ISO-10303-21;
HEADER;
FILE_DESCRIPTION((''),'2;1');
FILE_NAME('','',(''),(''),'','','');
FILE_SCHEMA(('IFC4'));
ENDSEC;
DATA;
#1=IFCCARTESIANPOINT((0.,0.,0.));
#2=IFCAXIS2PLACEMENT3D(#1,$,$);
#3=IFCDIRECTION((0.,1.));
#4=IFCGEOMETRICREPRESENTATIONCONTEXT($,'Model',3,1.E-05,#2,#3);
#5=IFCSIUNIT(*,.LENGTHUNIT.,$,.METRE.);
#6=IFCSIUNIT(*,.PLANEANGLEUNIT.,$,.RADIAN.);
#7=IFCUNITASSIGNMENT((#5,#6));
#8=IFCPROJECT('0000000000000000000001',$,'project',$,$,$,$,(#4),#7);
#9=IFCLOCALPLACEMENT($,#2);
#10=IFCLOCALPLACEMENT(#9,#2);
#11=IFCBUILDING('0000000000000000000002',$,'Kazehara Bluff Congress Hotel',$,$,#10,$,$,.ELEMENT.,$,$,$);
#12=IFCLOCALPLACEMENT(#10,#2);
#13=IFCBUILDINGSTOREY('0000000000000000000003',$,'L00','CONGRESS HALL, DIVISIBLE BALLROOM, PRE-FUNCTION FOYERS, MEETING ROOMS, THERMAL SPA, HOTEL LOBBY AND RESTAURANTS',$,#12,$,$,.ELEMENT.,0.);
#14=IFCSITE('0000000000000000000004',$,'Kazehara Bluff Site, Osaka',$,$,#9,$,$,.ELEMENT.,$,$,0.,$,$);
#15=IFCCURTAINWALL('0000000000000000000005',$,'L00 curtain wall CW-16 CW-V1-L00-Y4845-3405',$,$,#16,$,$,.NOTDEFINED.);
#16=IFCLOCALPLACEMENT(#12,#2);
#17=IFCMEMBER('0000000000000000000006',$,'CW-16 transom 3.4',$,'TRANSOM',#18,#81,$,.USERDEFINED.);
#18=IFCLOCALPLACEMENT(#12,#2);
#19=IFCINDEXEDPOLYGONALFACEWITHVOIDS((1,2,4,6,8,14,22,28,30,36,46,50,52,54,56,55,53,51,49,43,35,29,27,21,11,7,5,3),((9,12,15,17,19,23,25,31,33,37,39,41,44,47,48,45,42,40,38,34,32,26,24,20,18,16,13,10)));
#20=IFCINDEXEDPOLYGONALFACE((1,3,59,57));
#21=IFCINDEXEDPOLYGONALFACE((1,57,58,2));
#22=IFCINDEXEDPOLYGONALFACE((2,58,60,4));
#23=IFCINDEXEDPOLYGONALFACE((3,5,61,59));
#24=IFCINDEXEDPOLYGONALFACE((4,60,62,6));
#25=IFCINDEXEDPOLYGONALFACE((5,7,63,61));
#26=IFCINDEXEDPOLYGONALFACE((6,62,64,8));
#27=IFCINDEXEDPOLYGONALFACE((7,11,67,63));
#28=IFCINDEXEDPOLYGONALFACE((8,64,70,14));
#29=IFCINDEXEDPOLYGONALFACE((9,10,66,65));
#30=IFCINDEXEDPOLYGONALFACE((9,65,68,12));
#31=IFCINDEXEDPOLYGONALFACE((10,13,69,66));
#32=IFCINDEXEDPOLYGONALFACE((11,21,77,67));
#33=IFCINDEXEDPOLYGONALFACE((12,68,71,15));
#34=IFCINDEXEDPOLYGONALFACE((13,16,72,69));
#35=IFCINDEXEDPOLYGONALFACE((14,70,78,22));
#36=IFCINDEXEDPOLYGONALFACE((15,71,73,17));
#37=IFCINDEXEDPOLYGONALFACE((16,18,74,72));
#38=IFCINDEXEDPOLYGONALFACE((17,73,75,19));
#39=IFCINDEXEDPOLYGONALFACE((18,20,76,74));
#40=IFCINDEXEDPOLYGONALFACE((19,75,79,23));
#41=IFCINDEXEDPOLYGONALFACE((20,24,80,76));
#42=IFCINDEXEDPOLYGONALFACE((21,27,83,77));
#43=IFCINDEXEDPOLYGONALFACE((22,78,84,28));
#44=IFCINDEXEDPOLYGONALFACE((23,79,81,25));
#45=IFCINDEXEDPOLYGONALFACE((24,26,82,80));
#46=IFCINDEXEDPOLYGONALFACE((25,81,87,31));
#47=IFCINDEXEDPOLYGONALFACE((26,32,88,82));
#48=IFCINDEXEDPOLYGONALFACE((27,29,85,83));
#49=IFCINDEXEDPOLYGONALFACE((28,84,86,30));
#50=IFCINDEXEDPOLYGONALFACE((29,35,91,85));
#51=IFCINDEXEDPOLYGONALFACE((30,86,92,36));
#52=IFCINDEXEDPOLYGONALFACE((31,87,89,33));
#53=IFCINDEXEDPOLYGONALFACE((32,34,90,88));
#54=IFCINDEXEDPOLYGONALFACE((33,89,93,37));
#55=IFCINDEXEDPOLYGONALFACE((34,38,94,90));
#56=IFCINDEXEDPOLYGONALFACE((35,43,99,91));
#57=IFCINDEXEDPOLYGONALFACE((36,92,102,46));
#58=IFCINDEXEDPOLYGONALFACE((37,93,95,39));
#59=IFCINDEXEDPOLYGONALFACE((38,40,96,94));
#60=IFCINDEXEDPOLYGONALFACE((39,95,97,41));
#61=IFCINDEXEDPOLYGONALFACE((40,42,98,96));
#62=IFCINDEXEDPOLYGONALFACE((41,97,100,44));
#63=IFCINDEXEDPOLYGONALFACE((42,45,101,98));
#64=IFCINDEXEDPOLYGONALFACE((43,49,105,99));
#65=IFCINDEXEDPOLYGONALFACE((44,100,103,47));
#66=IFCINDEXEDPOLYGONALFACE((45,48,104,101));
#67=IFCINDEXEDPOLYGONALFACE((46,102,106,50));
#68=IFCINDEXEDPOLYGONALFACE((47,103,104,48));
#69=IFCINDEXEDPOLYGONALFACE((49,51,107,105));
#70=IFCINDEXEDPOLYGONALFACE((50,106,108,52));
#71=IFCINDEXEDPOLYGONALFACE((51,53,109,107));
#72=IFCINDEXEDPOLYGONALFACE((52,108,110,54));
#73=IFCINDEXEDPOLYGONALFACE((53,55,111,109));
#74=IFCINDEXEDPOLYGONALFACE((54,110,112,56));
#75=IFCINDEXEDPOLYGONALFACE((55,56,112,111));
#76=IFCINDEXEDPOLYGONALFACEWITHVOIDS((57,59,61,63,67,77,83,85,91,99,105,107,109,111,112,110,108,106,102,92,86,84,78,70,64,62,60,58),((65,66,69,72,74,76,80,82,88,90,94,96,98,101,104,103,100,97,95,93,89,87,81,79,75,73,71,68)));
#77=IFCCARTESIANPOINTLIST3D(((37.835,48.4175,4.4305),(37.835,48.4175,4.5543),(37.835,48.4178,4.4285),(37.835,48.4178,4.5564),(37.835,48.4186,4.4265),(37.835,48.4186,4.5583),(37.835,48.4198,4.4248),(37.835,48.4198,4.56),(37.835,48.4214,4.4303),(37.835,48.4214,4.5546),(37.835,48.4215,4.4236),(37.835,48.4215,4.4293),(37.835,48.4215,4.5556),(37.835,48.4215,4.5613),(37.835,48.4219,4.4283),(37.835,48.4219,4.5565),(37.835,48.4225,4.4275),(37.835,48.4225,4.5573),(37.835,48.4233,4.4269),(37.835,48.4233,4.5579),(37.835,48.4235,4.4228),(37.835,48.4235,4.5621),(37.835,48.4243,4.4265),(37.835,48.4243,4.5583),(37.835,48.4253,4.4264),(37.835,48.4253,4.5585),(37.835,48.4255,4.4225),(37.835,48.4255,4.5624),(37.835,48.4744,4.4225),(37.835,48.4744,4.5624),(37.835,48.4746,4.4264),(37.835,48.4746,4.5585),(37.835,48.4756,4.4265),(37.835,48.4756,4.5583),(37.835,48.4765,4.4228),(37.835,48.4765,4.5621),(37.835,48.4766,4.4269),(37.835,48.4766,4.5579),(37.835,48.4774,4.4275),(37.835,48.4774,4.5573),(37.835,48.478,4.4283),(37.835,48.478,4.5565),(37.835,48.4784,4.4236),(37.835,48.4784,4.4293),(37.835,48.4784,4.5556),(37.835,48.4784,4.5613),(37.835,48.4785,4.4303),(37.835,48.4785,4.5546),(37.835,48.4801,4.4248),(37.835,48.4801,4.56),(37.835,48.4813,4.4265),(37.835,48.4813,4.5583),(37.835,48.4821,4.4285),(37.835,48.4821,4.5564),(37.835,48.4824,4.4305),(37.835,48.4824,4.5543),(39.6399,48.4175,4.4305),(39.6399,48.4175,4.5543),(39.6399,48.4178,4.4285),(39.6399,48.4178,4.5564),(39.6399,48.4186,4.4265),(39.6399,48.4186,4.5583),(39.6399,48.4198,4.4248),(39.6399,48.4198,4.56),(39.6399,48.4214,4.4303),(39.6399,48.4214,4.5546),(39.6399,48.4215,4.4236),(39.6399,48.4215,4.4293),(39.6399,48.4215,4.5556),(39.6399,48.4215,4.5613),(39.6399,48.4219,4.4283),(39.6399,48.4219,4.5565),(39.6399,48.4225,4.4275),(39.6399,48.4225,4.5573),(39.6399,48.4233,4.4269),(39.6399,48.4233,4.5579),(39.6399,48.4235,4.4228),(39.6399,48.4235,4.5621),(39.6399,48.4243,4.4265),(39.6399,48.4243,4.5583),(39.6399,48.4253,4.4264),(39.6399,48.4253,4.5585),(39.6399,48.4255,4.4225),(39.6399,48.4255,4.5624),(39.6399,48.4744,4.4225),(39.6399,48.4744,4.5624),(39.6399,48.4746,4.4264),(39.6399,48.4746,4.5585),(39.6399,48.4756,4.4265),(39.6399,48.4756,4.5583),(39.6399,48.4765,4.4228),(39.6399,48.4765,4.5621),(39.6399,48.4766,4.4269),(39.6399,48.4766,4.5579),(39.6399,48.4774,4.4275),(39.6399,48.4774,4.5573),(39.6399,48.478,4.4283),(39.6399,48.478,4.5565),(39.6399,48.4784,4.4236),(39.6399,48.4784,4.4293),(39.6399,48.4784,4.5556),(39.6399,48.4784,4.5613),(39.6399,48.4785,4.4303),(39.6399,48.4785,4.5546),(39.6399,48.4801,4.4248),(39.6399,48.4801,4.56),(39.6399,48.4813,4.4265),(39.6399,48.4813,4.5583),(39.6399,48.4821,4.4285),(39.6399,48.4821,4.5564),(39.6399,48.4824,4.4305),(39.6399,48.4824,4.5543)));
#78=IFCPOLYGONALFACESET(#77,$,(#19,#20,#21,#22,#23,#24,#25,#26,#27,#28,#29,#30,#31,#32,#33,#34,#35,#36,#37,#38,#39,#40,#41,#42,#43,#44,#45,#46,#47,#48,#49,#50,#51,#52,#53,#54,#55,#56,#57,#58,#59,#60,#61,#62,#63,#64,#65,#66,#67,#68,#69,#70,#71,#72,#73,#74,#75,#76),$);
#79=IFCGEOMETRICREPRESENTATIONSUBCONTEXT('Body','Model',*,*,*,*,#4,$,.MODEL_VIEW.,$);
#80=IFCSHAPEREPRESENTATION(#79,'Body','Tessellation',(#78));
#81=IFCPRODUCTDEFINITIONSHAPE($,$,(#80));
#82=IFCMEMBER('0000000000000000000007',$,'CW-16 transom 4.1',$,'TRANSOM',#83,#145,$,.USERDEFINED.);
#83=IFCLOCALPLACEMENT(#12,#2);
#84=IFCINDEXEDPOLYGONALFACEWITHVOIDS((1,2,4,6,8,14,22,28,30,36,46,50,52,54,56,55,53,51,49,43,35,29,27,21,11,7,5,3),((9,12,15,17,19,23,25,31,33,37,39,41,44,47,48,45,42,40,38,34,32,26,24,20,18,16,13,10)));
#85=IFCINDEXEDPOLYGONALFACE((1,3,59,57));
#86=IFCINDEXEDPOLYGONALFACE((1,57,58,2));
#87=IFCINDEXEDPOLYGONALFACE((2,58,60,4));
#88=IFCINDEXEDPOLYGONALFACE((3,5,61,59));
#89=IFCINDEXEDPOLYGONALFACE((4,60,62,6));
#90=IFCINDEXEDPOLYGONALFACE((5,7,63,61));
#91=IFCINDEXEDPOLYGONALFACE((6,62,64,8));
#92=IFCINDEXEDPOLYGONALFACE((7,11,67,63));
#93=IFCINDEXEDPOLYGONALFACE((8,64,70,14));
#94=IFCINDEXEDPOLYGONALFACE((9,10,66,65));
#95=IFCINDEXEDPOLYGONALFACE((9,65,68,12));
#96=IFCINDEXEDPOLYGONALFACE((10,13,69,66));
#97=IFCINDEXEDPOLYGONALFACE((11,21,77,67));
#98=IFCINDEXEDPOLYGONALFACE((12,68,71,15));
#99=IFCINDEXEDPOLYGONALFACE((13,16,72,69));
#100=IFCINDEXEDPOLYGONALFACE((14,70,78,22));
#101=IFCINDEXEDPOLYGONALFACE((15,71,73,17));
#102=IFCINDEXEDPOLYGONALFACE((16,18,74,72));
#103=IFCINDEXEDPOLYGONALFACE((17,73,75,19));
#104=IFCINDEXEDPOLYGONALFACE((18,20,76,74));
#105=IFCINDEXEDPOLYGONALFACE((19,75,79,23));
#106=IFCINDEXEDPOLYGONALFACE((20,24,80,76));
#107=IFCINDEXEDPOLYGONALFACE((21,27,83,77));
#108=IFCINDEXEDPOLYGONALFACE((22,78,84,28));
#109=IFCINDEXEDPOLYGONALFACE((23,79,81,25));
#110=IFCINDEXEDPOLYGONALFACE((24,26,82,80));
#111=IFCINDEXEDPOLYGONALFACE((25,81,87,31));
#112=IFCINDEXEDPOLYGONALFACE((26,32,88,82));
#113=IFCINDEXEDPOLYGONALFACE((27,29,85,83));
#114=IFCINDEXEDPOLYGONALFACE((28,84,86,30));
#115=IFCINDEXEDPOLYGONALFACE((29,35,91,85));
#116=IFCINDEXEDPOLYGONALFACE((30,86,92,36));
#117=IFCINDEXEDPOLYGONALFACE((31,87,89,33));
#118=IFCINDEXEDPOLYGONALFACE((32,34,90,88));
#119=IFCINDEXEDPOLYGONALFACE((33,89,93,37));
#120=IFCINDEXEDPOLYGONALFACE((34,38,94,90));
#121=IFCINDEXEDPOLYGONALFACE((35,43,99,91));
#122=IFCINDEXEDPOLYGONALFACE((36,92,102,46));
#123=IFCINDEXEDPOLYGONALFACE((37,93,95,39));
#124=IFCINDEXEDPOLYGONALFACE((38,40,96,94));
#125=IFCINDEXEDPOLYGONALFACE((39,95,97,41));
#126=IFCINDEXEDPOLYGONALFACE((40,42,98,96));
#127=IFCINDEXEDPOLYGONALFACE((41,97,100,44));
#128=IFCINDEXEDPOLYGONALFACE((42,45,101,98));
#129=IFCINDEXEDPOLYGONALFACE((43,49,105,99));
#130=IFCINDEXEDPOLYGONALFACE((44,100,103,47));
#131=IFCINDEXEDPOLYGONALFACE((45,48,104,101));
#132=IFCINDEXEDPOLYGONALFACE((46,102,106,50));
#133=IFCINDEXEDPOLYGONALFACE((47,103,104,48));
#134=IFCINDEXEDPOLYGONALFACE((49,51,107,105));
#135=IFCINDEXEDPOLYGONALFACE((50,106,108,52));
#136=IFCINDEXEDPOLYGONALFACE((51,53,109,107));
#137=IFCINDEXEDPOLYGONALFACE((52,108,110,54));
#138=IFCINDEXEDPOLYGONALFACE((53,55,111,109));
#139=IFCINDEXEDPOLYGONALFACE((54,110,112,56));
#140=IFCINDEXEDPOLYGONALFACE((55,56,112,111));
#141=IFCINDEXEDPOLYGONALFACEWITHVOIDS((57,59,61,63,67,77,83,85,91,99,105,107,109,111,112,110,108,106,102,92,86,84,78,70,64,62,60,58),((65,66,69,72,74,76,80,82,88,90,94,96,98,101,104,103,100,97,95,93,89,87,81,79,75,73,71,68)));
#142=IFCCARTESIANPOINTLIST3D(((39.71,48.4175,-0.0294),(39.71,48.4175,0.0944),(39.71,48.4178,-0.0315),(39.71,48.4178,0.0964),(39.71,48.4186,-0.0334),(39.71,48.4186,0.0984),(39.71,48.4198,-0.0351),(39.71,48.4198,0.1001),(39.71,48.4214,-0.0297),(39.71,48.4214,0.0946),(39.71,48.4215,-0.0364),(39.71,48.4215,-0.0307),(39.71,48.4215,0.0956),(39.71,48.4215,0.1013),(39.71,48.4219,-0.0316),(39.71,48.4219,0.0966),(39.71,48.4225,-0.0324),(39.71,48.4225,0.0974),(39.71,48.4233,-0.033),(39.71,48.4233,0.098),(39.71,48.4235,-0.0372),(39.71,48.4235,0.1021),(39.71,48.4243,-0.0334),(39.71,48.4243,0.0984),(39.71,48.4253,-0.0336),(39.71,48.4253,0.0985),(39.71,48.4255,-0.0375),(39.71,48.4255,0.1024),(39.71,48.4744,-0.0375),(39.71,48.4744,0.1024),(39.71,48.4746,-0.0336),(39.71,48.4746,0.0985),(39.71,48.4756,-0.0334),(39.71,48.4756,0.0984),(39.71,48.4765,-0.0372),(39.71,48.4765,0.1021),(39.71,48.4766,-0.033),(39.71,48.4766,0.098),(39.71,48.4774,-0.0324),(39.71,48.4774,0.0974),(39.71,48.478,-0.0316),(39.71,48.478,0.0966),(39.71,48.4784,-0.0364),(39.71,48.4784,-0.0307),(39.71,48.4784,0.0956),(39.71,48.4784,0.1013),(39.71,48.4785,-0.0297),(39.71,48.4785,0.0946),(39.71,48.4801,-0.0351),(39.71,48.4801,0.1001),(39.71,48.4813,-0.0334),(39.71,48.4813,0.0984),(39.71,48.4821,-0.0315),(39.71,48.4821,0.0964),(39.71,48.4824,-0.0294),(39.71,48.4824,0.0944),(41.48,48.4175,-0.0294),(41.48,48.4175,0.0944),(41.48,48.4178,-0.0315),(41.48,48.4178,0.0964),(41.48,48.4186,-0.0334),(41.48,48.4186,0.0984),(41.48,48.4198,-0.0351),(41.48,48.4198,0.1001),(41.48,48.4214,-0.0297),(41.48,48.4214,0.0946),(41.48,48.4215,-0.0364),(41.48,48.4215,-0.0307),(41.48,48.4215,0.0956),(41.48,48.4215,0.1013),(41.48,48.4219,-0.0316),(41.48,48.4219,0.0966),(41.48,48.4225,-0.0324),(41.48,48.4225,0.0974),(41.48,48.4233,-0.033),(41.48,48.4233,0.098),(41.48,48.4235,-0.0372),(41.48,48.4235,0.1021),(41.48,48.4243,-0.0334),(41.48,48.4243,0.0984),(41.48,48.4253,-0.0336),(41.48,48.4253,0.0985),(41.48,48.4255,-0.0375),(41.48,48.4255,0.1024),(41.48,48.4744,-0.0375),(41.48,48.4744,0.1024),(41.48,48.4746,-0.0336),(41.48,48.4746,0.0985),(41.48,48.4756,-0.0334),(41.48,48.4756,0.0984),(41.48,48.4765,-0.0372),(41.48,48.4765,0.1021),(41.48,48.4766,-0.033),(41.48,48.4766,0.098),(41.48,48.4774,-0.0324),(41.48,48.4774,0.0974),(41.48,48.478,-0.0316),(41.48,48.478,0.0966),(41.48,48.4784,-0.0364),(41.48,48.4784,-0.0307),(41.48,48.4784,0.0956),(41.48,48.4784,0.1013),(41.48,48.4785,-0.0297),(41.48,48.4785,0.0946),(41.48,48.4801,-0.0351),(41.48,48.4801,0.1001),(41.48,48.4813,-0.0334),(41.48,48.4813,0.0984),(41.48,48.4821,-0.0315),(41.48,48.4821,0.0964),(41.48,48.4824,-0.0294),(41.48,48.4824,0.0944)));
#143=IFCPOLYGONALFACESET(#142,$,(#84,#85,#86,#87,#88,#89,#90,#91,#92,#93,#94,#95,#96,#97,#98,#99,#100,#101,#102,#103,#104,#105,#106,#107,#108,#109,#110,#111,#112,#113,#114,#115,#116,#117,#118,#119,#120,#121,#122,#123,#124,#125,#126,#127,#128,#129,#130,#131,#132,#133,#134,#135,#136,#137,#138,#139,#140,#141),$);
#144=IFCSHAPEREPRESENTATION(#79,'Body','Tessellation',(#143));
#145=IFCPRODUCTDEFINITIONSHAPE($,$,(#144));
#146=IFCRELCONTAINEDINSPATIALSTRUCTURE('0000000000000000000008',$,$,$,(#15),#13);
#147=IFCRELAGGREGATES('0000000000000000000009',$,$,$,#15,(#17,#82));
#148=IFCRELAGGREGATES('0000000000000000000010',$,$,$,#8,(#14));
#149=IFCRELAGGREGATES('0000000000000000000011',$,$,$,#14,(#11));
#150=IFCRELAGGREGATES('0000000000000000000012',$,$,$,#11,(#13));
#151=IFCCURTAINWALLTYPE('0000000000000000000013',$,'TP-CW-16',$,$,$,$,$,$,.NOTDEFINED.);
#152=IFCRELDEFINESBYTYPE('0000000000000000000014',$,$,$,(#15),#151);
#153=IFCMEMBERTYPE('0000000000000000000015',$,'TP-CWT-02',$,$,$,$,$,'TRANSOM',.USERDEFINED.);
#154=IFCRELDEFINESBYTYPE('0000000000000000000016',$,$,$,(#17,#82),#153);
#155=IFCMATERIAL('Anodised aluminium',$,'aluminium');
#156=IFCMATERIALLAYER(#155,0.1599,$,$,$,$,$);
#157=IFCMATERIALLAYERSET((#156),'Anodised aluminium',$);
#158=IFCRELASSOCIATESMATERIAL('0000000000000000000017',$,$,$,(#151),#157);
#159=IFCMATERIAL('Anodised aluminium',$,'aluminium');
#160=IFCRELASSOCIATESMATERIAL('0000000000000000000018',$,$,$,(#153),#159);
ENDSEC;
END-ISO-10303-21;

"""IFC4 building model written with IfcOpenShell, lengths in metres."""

from ifc_helpers import new_model, si_unit, direction, frame, origin, origin_2d, place, context, subcontext, project, spatial, hollow_rectangle, extrude, material, layer, layer_set, material_profile, profile_set, type_object, element, aggregate, save


model = new_model("IFC4")

# Units and contexts
model_context = context("Model", 3, precision=1e-05, world=origin(), true_north=direction((0.0, 1.0)))
body_context = subcontext(model_context, "Body", "Model", "MODEL_VIEW")
ifc_project = project(units=[si_unit("LENGTHUNIT", "METRE"), si_unit("PLANEANGLEUNIT", "RADIAN")], contexts=[model_context])

# Site, building, storey
site_placement = place(None, origin())
site = spatial("IfcSite", under=ifc_project, at=site_placement, Name="Kazehara Bluff Site, Osaka", CompositionType="ELEMENT", RefElevation=0.0)
building_placement = place(site_placement, origin())
building = spatial("IfcBuilding", under=site, at=building_placement, Name="Kazehara Bluff Congress Hotel", CompositionType="ELEMENT")
storey_placement = place(building_placement, origin())
storey = spatial("IfcBuildingStorey", under=building, at=storey_placement, Name="L00", Description="CONGRESS HALL, DIVISIBLE BALLROOM, PRE-FUNCTION FOYERS, MEETING ROOMS, THERMAL SPA, HOTEL LOBBY AND RESTAURANTS", CompositionType="ELEMENT", Elevation=0.0)

# Curtain wall, members
ifc_material_1 = material(Name="Anodised aluminium", Category="aluminium")
ifc_layer_1 = layer(ifc_material_1, 0.1599)
ifc_layer_set_1 = layer_set([ifc_layer_1], Name="Anodised aluminium")
curtain_wall_type = type_object("IfcCurtainWallType", Name="TP-CW-16", PredefinedType="NOTDEFINED", material=ifc_layer_set_1)
curtain_wall_placement = place(storey_placement, origin())
curtain_wall = element("IfcCurtainWall", 1, at=curtain_wall_placement, inside=storey, type_object=curtain_wall_type, Name="L00 curtain wall CW-16 CW-V1-L00-Y4845-3405", PredefinedType="NOTDEFINED")
ifc_material_2 = material(Name="Anodised aluminium", Category="aluminium")
ifc_material_profile_1 = material_profile(ifc_material_2, hollow_rectangle(XDim=0.0649, YDim=0.1399, WallThickness=0.0039, InnerFilletRadius=0.0039, OuterFilletRadius=0.0081, at=origin_2d()))
ifc_profile_set_1 = profile_set([ifc_material_profile_1], Name="Anodised aluminium")
member_type_1 = type_object("IfcMemberType", Name="TP-CWT-02", ElementType="TRANSOM", PredefinedType="USERDEFINED", material=ifc_profile_set_1)
member_1_placement = place(storey_placement, frame((37.835, 48.45, 4.4924), z_axis=(1.0, 0.0, 0.0), x_axis=(0.0, 1.0, 0.0)))
member_1 = element("IfcMember", 2, at=member_1_placement, type_object=member_type_1, Name="CW-16 transom 3.4", ObjectType="TRANSOM", PredefinedType="USERDEFINED", context=body_context, shape_type="SweptSolid", body=[
    extrude(hollow_rectangle(XDim=0.0649, YDim=0.1399, WallThickness=0.0039, InnerFilletRadius=0.0039, OuterFilletRadius=0.0081, at=origin_2d()), origin(), (0.0, 0.0, 1.0), 1.8049),
])
member_2_placement = place(storey_placement, frame((39.71, 48.45, 0.0325), z_axis=(1.0, 0.0, 0.0), x_axis=(0.0, 1.0, 0.0)))
member_2 = element("IfcMember", 3, at=member_2_placement, type_object=member_type_1, Name="CW-16 transom 4.1", ObjectType="TRANSOM", PredefinedType="USERDEFINED", context=body_context, shape_type="SweptSolid", body=[
    extrude(hollow_rectangle(XDim=0.0649, YDim=0.1399, WallThickness=0.0039, InnerFilletRadius=0.0039, OuterFilletRadius=0.0081, at=origin_2d()), origin(), (0.0, 0.0, 1.0), 1.77),
])

aggregate(curtain_wall, [member_1, member_2])

save(model, "model.ifc")
